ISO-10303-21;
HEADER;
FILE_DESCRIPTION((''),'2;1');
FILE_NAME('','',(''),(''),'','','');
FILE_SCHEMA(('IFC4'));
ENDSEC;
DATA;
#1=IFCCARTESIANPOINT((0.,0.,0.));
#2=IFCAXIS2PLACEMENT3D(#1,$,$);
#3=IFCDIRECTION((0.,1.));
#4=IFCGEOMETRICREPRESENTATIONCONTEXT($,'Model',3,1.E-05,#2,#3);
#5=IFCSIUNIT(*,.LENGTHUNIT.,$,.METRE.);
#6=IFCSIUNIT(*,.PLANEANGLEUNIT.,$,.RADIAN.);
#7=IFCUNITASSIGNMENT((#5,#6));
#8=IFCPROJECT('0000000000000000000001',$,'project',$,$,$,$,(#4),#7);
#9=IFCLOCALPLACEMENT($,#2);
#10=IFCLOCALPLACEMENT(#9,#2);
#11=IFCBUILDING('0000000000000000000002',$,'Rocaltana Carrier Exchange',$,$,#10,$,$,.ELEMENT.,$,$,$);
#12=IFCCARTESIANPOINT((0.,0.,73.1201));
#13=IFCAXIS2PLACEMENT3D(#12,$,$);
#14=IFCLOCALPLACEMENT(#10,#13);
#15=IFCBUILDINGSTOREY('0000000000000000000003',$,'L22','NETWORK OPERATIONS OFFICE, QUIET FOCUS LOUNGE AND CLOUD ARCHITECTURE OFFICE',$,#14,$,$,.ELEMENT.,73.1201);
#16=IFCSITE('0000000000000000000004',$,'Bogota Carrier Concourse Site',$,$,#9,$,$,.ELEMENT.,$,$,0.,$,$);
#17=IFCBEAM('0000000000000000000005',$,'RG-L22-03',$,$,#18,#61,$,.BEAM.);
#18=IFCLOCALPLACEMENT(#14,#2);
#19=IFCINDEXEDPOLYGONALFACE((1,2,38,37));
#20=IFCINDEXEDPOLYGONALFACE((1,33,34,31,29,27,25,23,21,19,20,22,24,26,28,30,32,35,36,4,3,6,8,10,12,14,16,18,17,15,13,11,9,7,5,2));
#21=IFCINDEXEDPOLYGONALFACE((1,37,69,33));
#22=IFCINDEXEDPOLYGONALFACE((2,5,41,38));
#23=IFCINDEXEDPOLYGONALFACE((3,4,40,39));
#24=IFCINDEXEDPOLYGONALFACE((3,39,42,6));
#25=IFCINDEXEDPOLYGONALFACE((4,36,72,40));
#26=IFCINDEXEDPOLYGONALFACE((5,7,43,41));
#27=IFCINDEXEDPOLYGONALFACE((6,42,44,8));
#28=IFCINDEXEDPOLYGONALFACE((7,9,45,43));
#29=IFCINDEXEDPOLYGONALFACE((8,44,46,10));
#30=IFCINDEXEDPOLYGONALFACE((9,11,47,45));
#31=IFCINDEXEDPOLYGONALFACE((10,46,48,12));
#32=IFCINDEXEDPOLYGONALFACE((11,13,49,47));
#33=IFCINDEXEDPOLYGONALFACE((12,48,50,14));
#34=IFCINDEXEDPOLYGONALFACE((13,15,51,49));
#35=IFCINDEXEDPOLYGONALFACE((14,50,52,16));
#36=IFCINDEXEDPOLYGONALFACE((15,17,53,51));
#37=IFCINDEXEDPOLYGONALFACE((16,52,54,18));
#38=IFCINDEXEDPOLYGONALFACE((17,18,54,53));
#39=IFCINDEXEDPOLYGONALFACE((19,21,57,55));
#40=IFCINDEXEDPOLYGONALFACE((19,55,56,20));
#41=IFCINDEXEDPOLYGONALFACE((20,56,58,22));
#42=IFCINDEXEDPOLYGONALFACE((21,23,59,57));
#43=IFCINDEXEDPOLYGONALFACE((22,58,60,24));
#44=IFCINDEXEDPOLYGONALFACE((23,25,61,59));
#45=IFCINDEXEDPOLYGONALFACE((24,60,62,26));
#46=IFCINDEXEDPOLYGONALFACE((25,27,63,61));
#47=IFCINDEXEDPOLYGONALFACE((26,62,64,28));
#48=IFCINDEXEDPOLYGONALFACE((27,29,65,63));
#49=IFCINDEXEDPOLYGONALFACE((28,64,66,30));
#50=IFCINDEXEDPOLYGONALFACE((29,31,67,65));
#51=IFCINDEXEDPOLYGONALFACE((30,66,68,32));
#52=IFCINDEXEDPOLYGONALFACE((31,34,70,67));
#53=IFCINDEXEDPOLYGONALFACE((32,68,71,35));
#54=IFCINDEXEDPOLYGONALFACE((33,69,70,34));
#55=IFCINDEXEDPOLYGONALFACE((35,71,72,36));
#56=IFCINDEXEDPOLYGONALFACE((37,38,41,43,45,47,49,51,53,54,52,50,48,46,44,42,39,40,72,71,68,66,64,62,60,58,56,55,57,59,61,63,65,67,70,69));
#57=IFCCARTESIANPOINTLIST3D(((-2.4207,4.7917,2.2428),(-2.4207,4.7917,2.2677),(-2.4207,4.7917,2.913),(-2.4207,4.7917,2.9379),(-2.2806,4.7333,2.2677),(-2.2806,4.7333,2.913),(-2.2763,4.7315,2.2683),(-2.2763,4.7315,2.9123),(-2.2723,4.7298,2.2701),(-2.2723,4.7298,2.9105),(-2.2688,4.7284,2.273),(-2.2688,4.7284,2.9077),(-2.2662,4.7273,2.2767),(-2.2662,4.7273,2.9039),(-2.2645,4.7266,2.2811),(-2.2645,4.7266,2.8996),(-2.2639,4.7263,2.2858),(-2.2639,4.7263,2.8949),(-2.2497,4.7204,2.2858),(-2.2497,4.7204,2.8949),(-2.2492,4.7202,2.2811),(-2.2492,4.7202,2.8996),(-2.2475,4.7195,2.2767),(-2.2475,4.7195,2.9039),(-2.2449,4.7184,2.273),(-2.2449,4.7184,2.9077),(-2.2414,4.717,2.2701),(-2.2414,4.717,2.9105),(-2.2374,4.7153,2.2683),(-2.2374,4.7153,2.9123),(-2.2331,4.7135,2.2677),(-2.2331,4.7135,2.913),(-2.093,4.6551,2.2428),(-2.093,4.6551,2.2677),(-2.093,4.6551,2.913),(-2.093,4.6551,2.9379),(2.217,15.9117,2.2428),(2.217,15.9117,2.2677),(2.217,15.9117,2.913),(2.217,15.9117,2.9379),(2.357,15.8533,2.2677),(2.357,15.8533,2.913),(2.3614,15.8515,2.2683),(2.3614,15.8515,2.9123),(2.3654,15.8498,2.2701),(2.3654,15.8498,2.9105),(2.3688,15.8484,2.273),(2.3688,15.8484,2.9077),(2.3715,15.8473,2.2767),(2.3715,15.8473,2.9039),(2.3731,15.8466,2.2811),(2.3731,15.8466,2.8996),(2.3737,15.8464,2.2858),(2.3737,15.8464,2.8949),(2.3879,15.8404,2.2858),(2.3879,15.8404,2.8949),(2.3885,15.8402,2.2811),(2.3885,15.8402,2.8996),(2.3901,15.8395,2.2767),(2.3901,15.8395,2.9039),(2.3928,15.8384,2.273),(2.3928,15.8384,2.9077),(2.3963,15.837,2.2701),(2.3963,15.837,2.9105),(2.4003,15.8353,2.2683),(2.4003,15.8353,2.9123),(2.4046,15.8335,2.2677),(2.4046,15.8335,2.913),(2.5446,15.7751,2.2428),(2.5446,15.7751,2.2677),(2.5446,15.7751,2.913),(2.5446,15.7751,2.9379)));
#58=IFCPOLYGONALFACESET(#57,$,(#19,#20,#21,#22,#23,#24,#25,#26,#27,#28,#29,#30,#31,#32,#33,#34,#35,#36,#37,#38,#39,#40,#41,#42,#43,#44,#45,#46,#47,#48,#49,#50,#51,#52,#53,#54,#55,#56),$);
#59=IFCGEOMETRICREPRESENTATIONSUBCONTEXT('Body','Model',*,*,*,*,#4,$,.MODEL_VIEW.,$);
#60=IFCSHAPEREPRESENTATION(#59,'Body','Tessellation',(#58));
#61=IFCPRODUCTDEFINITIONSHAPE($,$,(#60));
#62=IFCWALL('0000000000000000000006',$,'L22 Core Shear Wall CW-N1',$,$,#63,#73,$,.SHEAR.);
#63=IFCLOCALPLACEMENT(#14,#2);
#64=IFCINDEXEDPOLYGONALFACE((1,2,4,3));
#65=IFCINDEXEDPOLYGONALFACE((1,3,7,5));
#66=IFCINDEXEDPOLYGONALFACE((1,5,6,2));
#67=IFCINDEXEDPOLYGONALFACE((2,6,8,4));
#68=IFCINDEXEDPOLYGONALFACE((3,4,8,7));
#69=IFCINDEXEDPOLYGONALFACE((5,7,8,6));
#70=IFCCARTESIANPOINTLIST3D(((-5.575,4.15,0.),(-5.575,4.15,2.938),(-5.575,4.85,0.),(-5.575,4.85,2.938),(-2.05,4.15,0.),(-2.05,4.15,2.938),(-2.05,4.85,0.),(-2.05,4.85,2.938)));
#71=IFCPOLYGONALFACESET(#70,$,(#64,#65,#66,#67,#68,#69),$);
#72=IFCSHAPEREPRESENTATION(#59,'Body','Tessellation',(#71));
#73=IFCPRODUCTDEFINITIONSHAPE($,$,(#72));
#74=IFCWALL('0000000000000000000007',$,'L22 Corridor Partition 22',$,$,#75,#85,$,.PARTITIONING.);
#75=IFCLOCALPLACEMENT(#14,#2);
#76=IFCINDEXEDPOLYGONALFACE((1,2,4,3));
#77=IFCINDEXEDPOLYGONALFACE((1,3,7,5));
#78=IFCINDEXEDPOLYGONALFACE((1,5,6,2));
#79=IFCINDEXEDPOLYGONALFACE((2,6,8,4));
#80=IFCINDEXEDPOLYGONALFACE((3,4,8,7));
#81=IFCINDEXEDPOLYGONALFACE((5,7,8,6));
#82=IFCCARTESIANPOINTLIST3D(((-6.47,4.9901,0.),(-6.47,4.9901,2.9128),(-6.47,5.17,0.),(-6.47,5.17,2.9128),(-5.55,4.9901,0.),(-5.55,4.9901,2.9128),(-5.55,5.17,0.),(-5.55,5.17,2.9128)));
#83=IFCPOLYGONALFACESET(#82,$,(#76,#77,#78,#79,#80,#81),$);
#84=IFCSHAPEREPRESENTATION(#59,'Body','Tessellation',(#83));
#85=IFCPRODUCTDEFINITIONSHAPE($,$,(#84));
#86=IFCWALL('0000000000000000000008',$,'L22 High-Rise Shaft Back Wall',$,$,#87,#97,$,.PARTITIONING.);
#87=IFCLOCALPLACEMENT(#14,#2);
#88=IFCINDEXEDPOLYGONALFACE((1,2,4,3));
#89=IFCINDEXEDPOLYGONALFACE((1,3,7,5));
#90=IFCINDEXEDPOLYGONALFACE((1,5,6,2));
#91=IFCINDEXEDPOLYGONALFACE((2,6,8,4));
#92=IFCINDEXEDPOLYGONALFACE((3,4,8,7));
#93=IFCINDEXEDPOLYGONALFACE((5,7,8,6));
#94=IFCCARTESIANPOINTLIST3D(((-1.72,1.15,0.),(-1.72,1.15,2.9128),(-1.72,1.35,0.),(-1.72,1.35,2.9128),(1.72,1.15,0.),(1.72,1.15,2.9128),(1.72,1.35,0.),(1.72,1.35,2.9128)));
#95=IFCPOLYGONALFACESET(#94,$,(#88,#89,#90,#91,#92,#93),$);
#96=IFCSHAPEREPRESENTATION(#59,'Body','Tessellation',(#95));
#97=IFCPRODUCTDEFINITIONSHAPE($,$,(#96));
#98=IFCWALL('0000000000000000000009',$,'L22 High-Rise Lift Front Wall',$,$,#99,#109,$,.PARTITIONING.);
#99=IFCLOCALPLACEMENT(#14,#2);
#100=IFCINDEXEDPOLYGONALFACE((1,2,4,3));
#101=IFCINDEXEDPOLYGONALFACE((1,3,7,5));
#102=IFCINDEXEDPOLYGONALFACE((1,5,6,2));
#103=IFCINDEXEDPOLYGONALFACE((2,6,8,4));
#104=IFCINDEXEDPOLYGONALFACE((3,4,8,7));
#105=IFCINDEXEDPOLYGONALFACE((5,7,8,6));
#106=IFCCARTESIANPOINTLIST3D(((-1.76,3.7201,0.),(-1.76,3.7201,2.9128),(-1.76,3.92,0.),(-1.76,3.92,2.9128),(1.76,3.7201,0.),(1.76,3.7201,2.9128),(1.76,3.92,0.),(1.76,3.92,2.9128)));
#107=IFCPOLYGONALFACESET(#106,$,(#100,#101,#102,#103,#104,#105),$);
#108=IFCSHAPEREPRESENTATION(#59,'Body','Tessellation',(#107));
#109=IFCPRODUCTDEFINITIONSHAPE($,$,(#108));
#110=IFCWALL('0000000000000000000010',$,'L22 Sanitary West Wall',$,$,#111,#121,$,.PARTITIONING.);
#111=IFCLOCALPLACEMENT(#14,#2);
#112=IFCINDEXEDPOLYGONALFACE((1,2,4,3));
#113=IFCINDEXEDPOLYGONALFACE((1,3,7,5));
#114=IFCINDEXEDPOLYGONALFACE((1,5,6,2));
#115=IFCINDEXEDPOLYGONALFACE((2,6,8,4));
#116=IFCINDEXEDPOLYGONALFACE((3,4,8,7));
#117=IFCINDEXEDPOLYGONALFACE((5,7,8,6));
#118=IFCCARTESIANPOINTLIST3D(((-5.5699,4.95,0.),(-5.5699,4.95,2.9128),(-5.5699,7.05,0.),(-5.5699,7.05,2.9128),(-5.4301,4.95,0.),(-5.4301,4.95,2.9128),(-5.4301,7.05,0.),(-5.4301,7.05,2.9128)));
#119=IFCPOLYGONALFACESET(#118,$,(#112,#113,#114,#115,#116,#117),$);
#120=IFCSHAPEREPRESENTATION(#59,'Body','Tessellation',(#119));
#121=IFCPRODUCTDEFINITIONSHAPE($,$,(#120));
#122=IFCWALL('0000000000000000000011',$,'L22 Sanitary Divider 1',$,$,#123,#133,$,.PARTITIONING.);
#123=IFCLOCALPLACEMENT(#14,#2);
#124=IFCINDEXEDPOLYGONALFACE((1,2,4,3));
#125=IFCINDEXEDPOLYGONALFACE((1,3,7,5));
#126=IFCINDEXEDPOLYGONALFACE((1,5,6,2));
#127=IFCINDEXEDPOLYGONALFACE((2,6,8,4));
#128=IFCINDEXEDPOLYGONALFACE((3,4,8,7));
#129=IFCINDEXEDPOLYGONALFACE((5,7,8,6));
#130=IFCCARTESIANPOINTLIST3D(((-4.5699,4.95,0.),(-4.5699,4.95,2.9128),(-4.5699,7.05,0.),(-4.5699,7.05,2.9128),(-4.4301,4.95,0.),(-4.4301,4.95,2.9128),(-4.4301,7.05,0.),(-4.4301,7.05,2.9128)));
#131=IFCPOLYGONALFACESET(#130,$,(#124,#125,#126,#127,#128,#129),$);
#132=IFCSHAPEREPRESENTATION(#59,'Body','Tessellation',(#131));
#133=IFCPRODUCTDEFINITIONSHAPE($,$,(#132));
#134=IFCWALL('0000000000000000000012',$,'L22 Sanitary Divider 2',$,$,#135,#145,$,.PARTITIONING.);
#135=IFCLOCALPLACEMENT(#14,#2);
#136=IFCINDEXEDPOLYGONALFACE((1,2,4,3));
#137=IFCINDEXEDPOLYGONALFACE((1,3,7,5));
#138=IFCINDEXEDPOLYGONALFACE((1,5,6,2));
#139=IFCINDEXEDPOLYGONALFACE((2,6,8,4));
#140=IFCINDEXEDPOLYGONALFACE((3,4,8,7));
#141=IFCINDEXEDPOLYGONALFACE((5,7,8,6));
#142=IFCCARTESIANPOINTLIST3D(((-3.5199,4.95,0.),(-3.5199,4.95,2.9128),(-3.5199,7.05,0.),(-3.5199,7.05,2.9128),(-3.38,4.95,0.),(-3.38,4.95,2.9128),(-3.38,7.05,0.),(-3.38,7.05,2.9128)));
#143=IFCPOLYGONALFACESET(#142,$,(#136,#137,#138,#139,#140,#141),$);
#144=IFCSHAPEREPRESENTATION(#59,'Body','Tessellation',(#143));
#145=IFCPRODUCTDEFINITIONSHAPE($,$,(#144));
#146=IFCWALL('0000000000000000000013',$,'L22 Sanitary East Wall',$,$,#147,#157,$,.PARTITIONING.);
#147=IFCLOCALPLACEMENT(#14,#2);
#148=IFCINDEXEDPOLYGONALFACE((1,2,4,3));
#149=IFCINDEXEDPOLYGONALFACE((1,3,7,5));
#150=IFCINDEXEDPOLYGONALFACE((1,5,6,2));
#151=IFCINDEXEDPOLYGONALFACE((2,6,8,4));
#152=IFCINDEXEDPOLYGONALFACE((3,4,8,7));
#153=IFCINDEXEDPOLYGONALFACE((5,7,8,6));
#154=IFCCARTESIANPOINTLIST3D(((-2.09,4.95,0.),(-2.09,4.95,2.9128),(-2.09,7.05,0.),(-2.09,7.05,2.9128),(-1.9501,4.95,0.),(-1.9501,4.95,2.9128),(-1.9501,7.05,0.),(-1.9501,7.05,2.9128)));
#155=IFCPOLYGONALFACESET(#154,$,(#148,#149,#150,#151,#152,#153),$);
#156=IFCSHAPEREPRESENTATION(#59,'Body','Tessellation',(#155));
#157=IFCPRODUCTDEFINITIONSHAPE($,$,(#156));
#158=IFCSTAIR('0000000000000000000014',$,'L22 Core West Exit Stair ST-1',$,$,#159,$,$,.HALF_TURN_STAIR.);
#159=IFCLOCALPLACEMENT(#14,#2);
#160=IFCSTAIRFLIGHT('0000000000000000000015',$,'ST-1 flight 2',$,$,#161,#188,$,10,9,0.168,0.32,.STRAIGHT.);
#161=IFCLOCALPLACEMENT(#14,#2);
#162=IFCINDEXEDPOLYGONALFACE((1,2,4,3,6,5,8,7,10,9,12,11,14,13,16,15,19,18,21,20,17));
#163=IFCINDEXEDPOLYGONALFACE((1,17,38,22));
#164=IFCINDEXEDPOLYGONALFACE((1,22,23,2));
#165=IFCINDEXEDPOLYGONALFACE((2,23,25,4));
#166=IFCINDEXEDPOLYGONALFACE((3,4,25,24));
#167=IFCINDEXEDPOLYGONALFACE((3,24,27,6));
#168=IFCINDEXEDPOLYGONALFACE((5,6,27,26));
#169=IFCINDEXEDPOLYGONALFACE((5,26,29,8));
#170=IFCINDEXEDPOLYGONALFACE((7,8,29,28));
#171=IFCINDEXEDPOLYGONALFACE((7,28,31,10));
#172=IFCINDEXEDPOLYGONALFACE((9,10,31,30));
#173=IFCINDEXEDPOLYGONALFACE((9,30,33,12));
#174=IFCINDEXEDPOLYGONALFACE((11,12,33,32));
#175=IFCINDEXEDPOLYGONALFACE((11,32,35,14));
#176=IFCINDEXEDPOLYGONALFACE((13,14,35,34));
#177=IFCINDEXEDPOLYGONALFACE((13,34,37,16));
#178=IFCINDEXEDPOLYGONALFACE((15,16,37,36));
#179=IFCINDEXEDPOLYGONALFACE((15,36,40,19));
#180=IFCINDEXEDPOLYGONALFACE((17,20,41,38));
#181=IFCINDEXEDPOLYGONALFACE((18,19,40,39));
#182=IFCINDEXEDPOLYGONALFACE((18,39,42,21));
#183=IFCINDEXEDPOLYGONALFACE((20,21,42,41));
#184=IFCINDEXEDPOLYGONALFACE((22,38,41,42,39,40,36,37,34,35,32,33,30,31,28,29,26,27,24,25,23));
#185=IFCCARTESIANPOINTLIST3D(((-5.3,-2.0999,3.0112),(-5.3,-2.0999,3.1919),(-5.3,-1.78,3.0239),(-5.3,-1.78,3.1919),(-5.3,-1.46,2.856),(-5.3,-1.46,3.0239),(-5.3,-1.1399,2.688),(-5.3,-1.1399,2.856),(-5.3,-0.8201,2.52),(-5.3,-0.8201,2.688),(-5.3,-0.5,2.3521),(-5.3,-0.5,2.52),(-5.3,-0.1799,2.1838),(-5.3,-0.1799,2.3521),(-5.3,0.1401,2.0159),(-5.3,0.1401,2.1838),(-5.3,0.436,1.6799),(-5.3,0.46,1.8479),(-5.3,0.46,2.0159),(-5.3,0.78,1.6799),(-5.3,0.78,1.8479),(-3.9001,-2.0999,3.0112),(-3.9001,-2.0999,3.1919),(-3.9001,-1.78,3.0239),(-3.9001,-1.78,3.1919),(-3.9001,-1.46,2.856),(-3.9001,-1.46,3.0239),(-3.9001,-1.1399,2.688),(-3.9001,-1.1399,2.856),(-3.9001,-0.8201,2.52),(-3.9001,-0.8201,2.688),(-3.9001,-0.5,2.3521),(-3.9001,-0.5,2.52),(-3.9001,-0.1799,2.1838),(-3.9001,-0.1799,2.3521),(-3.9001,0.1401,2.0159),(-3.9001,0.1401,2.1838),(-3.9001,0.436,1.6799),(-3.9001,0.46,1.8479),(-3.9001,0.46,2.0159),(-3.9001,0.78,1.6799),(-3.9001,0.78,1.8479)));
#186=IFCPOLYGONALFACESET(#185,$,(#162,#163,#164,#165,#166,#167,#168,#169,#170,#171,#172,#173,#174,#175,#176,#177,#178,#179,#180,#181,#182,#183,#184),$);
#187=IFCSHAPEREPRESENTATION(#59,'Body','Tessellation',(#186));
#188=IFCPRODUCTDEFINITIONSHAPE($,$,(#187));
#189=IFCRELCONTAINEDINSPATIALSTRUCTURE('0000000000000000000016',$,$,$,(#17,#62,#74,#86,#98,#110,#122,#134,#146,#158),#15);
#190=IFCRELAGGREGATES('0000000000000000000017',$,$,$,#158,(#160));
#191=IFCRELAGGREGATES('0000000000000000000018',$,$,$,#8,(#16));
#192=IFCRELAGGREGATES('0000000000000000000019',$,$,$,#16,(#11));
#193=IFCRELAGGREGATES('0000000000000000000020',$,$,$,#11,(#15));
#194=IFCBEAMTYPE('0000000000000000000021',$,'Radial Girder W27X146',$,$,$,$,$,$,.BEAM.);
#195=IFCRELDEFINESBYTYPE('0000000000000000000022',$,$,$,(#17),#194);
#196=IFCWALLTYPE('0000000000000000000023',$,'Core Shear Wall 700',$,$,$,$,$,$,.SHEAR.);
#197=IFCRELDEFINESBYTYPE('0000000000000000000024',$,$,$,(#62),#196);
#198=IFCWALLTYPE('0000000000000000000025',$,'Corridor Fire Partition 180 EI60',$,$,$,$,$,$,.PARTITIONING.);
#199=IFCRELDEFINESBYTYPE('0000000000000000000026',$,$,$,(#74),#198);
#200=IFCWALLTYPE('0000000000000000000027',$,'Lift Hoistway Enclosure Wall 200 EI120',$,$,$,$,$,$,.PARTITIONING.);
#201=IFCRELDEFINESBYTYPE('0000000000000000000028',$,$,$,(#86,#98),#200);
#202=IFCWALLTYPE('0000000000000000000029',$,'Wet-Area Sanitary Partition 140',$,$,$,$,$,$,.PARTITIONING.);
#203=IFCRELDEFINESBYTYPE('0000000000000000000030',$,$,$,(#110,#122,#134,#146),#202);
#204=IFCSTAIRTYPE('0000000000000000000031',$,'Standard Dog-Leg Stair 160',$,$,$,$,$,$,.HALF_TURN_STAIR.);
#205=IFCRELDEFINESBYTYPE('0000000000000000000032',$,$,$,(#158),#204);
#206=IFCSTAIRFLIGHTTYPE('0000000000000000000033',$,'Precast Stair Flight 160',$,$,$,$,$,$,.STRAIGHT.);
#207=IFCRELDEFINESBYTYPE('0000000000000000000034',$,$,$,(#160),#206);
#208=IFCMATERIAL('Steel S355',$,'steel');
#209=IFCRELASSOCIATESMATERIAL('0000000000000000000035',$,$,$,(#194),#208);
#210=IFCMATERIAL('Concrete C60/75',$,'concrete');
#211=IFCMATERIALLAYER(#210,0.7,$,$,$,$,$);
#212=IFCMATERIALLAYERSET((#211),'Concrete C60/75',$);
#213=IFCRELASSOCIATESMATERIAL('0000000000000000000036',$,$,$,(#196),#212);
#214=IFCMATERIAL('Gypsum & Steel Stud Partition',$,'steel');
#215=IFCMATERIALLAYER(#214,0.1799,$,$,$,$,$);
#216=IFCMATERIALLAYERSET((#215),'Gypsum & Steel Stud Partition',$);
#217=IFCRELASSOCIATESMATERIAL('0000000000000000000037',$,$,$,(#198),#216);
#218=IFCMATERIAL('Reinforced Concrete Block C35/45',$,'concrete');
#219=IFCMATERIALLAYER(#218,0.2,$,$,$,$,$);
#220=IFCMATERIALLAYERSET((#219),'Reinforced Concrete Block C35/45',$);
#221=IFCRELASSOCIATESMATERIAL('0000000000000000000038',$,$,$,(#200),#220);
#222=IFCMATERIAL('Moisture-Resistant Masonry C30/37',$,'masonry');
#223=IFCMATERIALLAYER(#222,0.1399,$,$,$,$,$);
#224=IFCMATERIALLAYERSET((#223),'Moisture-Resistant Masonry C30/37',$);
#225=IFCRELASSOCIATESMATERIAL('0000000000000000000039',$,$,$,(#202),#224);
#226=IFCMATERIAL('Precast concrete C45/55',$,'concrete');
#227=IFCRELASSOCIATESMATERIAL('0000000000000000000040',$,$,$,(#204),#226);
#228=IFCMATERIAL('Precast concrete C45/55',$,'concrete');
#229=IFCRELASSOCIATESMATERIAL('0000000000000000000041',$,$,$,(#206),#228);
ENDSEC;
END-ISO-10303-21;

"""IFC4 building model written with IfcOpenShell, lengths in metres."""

from ifc_helpers import new_model, si_unit, direction, frame, frame_2d, origin, origin_2d, place, context, subcontext, project, spatial, polyline, rectangle, i_section, outline, extrude, material, layer, layer_set, material_profile, profile_set, type_object, element, aggregate, save


model = new_model("IFC4")

# Units and contexts
model_context = context("Model", 3, precision=1e-05, world=origin(), true_north=direction((0.0, 1.0)))
body_context = subcontext(model_context, "Body", "Model", "MODEL_VIEW")
ifc_project = project(units=[si_unit("LENGTHUNIT", "METRE"), si_unit("PLANEANGLEUNIT", "RADIAN")], contexts=[model_context])

# Site, building, storey
site_placement = place(None, origin())
site = spatial("IfcSite", under=ifc_project, at=site_placement, Name="Bogota Carrier Concourse Site", CompositionType="ELEMENT", RefElevation=0.0)
building_placement = place(site_placement, origin())
building = spatial("IfcBuilding", under=site, at=building_placement, Name="Rocaltana Carrier Exchange", CompositionType="ELEMENT")
storey_placement = place(building_placement, frame((0.0, 0.0, 73.1201)))
storey = spatial("IfcBuildingStorey", under=building, at=storey_placement, Name="L22", Description="NETWORK OPERATIONS OFFICE, QUIET FOCUS LOUNGE AND CLOUD ARCHITECTURE OFFICE", CompositionType="ELEMENT", Elevation=73.1201)

# Beam
ifc_material_1 = material(Name="Steel S355", Category="steel")
ifc_material_profile_1 = material_profile(ifc_material_1, i_section(OverallWidth=0.355, OverallDepth=0.6951, WebThickness=0.0154, FlangeThickness=0.0249, FilletRadius=0.0181, at=origin_2d()), Name="W27X146")
ifc_profile_set_1 = profile_set([ifc_material_profile_1], Name="Steel S355")
beam_type_1 = type_object("IfcBeamType", Name="Radial Girder W27X146", PredefinedType="BEAM", material=ifc_profile_set_1)
beam_1_placement = place(storey_placement, frame((-2.2568, 4.7234, 2.5903), z_axis=(0.38492, 0.92295, 0.0), x_axis=(-0.92295, 0.38492, 0.0)))
element("IfcBeam", 1, at=beam_1_placement, inside=storey, type_object=beam_type_1, Name="RG-L22-03", PredefinedType="BEAM", context=body_context, shape_type="SweptSolid", body=[
    extrude(i_section(OverallWidth=0.355, OverallDepth=0.6951, WebThickness=0.0154, FlangeThickness=0.0249, FilletRadius=0.0181, at=origin_2d()), origin(), (0.0, 0.0, 1.0), 12.0483),
])

# Walls
ifc_material_2 = material(Name="Concrete C60/75", Category="concrete")
ifc_layer_1 = layer(ifc_material_2, 0.7)
ifc_layer_set_1 = layer_set([ifc_layer_1], Name="Concrete C60/75")
wall_type_1 = type_object("IfcWallType", Name="Core Shear Wall 700", PredefinedType="SHEAR", material=ifc_layer_set_1)
wall_1_placement = place(storey_placement, frame((-5.575, 4.5, 0.0), z_axis=(0.0, 0.0, 1.0), x_axis=(1.0, 0.0, 0.0)))
element("IfcWall", 2, at=wall_1_placement, inside=storey, type_object=wall_type_1, Name="L22 Core Shear Wall CW-N1", PredefinedType="SHEAR", context=body_context, shape_type="SweptSolid", body=[
    extrude(rectangle(XDim=3.5249, YDim=0.7, at=frame_2d((1.7625, 0.0))), origin(), (0.0, 0.0, 1.0), 2.938),
])
ifc_material_3 = material(Name="Gypsum & Steel Stud Partition", Category="steel")
ifc_layer_2 = layer(ifc_material_3, 0.1799)
ifc_layer_set_2 = layer_set([ifc_layer_2], Name="Gypsum & Steel Stud Partition")
wall_type_2 = type_object("IfcWallType", Name="Corridor Fire Partition 180 EI60", PredefinedType="PARTITIONING", material=ifc_layer_set_2)
wall_2_placement = place(storey_placement, frame((-5.55, 5.0801, 0.0), z_axis=(0.0, 0.0, 1.0), x_axis=(-1.0, 0.0, 0.0)))
element("IfcWall", 3, at=wall_2_placement, inside=storey, type_object=wall_type_2, Name="L22 Corridor Partition 22", PredefinedType="PARTITIONING", context=body_context, shape_type="SweptSolid", body=[
    extrude(rectangle(XDim=0.9199, YDim=0.1799, at=frame_2d((0.46, 0.0))), origin(), (0.0, 0.0, 1.0), 2.9128),
])
ifc_material_4 = material(Name="Reinforced Concrete Block C35/45", Category="concrete")
ifc_layer_3 = layer(ifc_material_4, 0.2)
ifc_layer_set_3 = layer_set([ifc_layer_3], Name="Reinforced Concrete Block C35/45")
wall_type_3 = type_object("IfcWallType", Name="Lift Hoistway Enclosure Wall 200 EI120", PredefinedType="PARTITIONING", material=ifc_layer_set_3)
wall_3_placement = place(storey_placement, frame((-1.72, 1.25, 0.0), z_axis=(0.0, 0.0, 1.0), x_axis=(1.0, 0.0, 0.0)))
element("IfcWall", 4, at=wall_3_placement, inside=storey, type_object=wall_type_3, Name="L22 High-Rise Shaft Back Wall", PredefinedType="PARTITIONING", context=body_context, shape_type="SweptSolid", body=[
    extrude(rectangle(XDim=3.4399, YDim=0.2, at=frame_2d((1.72, 0.0))), origin(), (0.0, 0.0, 1.0), 2.9128),
])
wall_4_placement = place(storey_placement, frame((-1.76, 3.8201, 0.0), z_axis=(0.0, 0.0, 1.0), x_axis=(1.0, 0.0, 0.0)))
element("IfcWall", 5, at=wall_4_placement, inside=storey, type_object=wall_type_3, Name="L22 High-Rise Lift Front Wall", PredefinedType="PARTITIONING", context=body_context, shape_type="SweptSolid", body=[
    extrude(rectangle(XDim=3.52, YDim=0.2, at=frame_2d((1.76, 0.0))), origin(), (0.0, 0.0, 1.0), 2.9128),
])
ifc_material_5 = material(Name="Moisture-Resistant Masonry C30/37", Category="masonry")
ifc_layer_4 = layer(ifc_material_5, 0.1399)
ifc_layer_set_4 = layer_set([ifc_layer_4], Name="Moisture-Resistant Masonry C30/37")
wall_type_4 = type_object("IfcWallType", Name="Wet-Area Sanitary Partition 140", PredefinedType="PARTITIONING", material=ifc_layer_set_4)
for number, where, z_axis, x_axis, name in (
    (6, (-5.5, 4.95, 0.0), (0.0, 0.0, 1.0), (0.0, 1.0, 0.0), "L22 Sanitary West Wall"),
    (7, (-4.5, 4.95, 0.0), (0.0, 0.0, 1.0), (0.0, 1.0, 0.0), "L22 Sanitary Divider 1"),
    (8, (-3.45, 4.95, 0.0), (0.0, 0.0, 1.0), (0.0, 1.0, 0.0), "L22 Sanitary Divider 2"),
    (9, (-2.02, 4.95, 0.0), (0.0, 0.0, 1.0), (0.0, 1.0, 0.0), "L22 Sanitary East Wall"),
):
    element("IfcWall", number, at=place(storey_placement, frame(where, z_axis=z_axis, x_axis=x_axis)), inside=storey, type_object=wall_type_4, Name=name, PredefinedType="PARTITIONING", context=body_context, shape_type="SweptSolid", body=[
        extrude(rectangle(XDim=2.1001, YDim=0.1399, at=frame_2d((1.05, 0.0))), origin(), (0.0, 0.0, 1.0), 2.9128),
    ])

# Stair, stair flight
ifc_material_6 = material(Name="Precast concrete C45/55", Category="concrete")
stair_type = type_object("IfcStairType", Name="Standard Dog-Leg Stair 160", PredefinedType="HALF_TURN_STAIR", material=ifc_material_6)
stair_placement = place(storey_placement, origin())
stair = element("IfcStair", 10, at=stair_placement, inside=storey, type_object=stair_type, Name="L22 Core West Exit Stair ST-1", PredefinedType="HALF_TURN_STAIR")
ifc_material_7 = material(Name="Precast concrete C45/55", Category="concrete")
stair_flight_type = type_object("IfcStairFlightType", Name="Precast Stair Flight 160", PredefinedType="STRAIGHT", material=ifc_material_7)
stair_flight_placement = place(storey_placement, frame((-4.6001, 0.78, 1.6799), z_axis=(0.0, 0.0, 1.0), x_axis=(0.0, -1.0, 0.0)))
stair_flight = element("IfcStairFlight", 11, at=stair_flight_placement, type_object=stair_flight_type, Name="ST-1 flight 2", NumberOfRisers=10, NumberOfTreads=9, PredefinedType="STRAIGHT", RiserHeight=0.168, TreadLength=0.32, context=body_context, shape_type="SweptSolid", body=[
    extrude(outline(polyline([(0.0, 0.0), (0.0, 0.168), (0.3201, 0.168), (0.3201, 0.3359), (0.6399, 0.3359), (0.6399, 0.5039), (0.96, 0.5039), (0.96, 0.6721), (1.28, 0.6721), (1.28, 0.8401), (1.6001, 0.8401), (1.6001, 1.0081), (1.9199, 1.0081), (1.9199, 1.176), (2.24, 1.176), (2.24, 1.344), (2.5601, 1.344), (2.5601, 1.512), (2.8799, 1.512), (2.8799, 1.6799), (2.8799, 1.3313), (0.344, 0.0), (0.0, 0.0)])), frame((0.0, 0.7, 0.0), z_axis=(0.0, -1.0, 0.0), x_axis=(1.0, 0.0, 0.0)), (0.0, 0.0, 1.0), 1.3999),
])
aggregate(stair, [stair_flight])

save(model, "model.ifc")
